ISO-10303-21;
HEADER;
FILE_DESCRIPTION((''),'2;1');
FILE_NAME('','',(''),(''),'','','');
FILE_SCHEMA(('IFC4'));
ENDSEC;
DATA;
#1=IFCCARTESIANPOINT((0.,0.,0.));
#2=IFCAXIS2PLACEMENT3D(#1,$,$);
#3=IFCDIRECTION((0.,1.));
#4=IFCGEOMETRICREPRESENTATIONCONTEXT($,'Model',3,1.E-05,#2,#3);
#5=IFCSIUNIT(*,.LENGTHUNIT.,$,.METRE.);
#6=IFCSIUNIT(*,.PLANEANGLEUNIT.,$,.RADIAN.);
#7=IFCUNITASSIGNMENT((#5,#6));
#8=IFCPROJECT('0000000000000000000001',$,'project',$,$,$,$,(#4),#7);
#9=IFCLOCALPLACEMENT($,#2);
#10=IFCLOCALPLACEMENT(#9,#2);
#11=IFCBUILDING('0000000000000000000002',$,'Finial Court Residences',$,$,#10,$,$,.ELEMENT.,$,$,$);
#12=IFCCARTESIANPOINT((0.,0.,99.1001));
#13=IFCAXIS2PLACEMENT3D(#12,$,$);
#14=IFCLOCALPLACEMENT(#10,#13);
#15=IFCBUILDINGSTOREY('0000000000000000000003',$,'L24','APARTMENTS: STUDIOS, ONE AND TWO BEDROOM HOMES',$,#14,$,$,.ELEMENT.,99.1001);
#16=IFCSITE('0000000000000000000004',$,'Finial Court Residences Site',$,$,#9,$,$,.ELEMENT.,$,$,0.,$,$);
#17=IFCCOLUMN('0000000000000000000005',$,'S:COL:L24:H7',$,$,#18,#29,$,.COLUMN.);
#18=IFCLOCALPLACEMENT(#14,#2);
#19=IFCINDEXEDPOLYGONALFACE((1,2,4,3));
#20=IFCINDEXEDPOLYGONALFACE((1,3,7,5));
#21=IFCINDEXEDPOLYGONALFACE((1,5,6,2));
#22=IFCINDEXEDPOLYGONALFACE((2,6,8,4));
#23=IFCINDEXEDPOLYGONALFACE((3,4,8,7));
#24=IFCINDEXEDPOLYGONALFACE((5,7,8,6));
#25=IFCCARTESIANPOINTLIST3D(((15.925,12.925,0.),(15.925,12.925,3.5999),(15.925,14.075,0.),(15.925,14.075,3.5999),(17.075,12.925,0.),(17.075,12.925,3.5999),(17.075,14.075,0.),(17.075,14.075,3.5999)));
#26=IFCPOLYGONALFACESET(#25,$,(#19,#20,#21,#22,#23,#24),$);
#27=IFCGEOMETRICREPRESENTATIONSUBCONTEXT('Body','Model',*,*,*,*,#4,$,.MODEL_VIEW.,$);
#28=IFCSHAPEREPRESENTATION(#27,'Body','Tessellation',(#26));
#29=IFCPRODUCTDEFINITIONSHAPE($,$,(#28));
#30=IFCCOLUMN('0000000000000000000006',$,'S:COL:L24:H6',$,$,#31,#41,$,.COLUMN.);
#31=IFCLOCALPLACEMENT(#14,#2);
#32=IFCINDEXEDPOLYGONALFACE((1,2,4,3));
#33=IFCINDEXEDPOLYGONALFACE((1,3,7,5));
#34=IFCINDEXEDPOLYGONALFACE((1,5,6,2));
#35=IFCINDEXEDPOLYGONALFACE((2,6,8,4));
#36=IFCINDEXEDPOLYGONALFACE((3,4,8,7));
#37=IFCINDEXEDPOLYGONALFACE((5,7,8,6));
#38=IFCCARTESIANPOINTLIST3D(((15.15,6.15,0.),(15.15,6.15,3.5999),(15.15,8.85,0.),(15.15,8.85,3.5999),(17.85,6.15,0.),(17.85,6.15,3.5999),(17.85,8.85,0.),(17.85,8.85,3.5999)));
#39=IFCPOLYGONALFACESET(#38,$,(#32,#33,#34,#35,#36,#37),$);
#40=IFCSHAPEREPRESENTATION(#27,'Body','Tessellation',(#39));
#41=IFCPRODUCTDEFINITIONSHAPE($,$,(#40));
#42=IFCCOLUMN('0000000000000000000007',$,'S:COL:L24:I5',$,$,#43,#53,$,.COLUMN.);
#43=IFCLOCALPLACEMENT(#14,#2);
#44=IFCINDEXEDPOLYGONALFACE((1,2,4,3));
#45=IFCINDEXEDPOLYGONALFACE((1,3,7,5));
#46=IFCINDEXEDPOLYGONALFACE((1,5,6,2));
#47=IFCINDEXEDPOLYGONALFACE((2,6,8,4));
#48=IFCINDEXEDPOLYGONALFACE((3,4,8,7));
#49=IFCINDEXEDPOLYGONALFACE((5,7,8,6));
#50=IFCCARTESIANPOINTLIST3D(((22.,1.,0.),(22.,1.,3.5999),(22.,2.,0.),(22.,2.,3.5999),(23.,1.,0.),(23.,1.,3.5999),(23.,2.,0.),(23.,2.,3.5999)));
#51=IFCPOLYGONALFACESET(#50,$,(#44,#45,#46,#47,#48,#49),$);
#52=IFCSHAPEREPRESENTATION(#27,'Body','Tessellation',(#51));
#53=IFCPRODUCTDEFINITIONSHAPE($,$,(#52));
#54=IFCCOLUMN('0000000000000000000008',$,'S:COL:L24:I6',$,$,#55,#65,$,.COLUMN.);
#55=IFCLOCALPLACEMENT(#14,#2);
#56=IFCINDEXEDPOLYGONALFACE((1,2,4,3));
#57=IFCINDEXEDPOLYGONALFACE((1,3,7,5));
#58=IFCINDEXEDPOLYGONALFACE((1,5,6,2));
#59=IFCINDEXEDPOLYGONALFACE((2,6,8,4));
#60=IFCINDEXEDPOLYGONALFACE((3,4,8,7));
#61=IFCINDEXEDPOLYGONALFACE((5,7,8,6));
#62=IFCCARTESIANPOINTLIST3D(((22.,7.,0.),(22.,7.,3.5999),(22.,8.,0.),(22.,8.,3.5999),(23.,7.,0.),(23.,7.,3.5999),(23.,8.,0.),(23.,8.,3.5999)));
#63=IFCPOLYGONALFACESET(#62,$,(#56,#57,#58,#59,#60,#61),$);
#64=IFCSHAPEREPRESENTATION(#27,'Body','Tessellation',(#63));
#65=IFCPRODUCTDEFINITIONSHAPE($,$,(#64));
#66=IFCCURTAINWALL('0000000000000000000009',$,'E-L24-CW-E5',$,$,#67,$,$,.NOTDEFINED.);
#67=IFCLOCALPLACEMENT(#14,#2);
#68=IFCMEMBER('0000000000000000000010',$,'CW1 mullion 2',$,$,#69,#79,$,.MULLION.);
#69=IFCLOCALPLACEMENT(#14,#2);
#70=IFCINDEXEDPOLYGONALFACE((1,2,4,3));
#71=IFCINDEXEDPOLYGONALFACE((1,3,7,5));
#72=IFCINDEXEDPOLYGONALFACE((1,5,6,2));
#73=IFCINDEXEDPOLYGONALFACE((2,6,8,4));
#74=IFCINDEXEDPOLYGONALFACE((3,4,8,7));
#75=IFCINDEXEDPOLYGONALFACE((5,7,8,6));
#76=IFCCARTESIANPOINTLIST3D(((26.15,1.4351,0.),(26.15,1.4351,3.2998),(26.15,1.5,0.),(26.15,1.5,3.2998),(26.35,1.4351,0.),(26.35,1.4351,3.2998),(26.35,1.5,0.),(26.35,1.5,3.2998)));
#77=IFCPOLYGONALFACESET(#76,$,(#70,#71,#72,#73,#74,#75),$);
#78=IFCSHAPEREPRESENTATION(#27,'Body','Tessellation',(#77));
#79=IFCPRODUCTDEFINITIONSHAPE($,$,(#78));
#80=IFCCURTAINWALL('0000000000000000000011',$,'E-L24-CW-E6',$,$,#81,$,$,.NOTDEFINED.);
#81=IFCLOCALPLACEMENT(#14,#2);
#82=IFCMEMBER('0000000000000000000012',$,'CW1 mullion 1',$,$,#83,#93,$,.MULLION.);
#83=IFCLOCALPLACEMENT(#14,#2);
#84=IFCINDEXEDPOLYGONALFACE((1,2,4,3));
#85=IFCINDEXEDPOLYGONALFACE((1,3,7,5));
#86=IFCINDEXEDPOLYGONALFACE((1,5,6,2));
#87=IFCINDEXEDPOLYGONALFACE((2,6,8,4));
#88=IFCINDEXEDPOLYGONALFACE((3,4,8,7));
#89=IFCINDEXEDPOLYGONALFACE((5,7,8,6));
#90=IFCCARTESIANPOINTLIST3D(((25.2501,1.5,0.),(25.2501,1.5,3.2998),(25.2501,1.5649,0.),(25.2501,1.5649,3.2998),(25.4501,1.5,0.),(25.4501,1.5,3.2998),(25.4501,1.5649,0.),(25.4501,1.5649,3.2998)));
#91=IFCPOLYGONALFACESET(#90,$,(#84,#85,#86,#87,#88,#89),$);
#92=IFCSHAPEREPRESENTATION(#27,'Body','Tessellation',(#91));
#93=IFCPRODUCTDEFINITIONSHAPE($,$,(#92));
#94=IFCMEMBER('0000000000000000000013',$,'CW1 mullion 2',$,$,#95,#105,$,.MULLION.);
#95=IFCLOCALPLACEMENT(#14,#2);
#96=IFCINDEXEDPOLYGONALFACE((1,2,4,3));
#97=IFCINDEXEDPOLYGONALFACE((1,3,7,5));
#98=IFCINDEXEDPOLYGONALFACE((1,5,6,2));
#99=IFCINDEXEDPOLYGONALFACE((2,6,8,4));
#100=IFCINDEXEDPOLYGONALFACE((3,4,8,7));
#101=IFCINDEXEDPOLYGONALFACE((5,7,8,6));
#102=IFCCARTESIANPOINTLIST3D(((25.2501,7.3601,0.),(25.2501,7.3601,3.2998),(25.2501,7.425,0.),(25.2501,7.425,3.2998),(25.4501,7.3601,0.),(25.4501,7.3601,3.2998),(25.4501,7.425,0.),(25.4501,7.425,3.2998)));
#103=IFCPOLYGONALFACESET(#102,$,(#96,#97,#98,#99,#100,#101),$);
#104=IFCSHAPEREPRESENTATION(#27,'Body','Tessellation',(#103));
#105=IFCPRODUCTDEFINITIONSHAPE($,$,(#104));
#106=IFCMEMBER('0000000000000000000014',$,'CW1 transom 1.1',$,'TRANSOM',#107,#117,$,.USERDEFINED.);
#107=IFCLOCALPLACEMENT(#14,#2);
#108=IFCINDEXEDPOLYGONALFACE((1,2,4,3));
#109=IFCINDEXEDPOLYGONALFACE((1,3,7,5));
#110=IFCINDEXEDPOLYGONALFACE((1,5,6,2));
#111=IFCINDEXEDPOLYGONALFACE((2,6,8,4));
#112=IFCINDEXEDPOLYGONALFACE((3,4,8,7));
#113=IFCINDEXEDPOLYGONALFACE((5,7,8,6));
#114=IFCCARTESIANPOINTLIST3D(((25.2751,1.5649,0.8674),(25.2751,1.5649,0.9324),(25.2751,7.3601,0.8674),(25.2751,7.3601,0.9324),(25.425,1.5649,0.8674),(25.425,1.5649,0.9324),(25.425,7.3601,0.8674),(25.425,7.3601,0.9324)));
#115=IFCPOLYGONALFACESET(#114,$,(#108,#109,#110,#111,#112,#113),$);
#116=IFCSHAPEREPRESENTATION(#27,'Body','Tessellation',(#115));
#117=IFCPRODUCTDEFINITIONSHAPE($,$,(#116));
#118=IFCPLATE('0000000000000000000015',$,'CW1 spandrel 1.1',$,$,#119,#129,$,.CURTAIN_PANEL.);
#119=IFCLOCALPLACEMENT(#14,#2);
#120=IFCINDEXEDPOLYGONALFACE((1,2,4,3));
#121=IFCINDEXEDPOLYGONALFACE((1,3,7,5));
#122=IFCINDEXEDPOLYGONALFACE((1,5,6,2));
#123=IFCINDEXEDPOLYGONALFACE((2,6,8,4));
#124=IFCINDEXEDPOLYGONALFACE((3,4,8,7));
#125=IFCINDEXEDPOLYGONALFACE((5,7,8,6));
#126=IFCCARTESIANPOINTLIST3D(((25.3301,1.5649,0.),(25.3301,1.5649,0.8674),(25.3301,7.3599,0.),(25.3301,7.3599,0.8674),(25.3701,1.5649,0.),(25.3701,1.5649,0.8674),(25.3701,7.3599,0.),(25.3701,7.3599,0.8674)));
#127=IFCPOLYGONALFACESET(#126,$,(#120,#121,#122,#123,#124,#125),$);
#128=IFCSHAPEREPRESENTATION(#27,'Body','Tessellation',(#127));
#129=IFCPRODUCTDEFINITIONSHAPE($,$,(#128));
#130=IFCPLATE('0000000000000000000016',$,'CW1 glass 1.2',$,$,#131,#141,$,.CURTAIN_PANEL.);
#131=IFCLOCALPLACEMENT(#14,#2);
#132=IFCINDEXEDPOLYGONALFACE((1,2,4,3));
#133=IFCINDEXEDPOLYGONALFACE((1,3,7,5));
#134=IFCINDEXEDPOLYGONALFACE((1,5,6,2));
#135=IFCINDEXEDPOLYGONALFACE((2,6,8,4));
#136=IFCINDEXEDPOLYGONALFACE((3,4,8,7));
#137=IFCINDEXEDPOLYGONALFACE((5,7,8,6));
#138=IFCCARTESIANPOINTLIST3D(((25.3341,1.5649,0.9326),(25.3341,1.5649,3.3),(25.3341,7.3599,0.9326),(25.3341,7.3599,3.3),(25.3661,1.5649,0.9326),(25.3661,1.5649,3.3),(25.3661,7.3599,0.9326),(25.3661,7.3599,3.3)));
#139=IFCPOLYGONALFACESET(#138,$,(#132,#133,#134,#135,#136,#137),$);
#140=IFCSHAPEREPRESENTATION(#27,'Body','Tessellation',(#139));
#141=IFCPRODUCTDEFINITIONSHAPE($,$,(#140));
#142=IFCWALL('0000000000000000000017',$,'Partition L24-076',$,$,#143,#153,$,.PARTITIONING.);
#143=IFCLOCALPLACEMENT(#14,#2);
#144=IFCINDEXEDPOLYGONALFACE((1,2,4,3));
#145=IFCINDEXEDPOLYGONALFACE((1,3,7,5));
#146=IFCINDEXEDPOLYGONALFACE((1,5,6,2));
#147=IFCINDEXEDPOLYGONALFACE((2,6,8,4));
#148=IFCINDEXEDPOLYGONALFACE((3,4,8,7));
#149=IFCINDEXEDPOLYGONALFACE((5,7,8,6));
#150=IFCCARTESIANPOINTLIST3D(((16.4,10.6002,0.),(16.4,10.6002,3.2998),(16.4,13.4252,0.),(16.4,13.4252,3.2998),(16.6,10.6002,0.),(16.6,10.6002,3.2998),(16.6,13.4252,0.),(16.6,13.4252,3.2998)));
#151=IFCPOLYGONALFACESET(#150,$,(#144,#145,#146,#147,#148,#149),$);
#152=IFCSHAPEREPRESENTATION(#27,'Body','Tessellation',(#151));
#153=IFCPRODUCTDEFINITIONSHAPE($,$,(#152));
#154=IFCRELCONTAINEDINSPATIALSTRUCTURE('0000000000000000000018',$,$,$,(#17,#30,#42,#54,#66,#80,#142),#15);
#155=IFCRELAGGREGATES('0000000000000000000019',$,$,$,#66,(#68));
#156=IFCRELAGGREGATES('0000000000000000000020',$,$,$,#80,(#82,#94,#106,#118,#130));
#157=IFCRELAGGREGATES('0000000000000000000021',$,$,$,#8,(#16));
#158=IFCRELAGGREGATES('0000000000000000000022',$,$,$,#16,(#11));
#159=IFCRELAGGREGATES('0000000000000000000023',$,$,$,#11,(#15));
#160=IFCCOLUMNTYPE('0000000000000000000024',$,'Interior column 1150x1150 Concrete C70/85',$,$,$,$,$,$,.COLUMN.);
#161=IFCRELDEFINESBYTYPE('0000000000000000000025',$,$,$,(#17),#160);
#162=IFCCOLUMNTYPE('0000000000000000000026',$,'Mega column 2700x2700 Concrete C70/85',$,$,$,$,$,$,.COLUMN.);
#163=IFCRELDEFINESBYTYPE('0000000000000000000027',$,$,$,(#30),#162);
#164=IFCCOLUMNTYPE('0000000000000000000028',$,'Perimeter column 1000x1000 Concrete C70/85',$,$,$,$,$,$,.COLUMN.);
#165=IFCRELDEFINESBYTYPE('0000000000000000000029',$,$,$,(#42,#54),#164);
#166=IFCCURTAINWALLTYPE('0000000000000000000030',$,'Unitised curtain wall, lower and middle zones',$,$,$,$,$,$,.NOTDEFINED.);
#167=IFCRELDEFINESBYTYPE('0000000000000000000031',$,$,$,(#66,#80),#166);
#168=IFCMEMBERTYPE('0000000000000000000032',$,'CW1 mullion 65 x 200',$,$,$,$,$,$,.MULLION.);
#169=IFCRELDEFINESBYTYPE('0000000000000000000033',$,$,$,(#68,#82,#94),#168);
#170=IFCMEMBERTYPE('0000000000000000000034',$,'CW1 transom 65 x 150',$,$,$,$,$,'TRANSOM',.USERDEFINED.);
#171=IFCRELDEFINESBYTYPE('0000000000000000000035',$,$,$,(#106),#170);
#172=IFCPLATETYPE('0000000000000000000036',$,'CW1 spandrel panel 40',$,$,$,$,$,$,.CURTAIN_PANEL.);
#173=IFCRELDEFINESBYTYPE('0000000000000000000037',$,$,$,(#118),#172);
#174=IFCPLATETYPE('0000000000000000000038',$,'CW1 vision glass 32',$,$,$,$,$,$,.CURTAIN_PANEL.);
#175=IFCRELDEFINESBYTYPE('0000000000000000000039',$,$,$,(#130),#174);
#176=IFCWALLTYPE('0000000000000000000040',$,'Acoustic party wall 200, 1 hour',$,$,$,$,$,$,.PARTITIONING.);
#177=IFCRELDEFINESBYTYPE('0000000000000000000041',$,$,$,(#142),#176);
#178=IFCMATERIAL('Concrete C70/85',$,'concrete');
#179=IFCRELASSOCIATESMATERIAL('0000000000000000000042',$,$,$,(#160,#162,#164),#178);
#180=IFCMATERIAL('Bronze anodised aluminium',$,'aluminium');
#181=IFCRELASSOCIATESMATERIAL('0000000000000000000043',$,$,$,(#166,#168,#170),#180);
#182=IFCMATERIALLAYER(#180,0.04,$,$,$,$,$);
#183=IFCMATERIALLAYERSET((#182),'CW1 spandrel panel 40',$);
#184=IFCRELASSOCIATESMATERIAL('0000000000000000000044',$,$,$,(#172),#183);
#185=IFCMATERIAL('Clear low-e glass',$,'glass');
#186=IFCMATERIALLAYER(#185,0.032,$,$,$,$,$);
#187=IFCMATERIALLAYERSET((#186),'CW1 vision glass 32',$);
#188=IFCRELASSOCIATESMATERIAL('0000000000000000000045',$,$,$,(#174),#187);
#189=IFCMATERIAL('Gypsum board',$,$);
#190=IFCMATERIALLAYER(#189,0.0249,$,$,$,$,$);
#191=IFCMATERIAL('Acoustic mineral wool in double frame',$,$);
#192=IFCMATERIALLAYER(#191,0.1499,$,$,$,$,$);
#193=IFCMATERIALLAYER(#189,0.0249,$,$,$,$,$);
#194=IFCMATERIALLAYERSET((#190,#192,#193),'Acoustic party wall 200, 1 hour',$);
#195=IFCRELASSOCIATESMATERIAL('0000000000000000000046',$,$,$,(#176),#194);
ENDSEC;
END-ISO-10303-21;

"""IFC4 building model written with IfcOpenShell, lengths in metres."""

from ifc_helpers import new_model, si_unit, direction, frame, frame_2d, origin, origin_2d, place, context, subcontext, project, spatial, rectangle, extrude, material, layer, layer_set, material_profile, profile_set, type_object, element, aggregate, save


model = new_model("IFC4")

# Units and contexts
model_context = context("Model", 3, precision=1e-05, world=origin(), true_north=direction((0.0, 1.0)))
body_context = subcontext(model_context, "Body", "Model", "MODEL_VIEW")
ifc_project = project(units=[si_unit("LENGTHUNIT", "METRE"), si_unit("PLANEANGLEUNIT", "RADIAN")], contexts=[model_context])

# Site, building, storey
site_placement = place(None, origin())
site = spatial("IfcSite", under=ifc_project, at=site_placement, Name="Finial Court Residences Site", CompositionType="ELEMENT", RefElevation=0.0)
building_placement = place(site_placement, origin())
building = spatial("IfcBuilding", under=site, at=building_placement, Name="Finial Court Residences", CompositionType="ELEMENT")
storey_placement = place(building_placement, frame((0.0, 0.0, 99.1001)))
storey = spatial("IfcBuildingStorey", under=building, at=storey_placement, Name="L24", Description="APARTMENTS: STUDIOS, ONE AND TWO BEDROOM HOMES", CompositionType="ELEMENT", Elevation=99.1001)

# Columns
ifc_material_1 = material(Name="Concrete C70/85", Category="concrete")
ifc_material_profile_1 = material_profile(ifc_material_1, rectangle(XDim=1.1499, YDim=1.1499, at=origin_2d()), Name="1150x1150")
ifc_profile_set_1 = profile_set([ifc_material_profile_1], Name="Concrete C70/85")
column_type_1 = type_object("IfcColumnType", Name="Interior column 1150x1150 Concrete C70/85", PredefinedType="COLUMN", material=ifc_profile_set_1)
column_1_placement = place(storey_placement, frame((16.5, 13.5, 0.0), z_axis=(0.0, 0.0, 1.0), x_axis=(1.0, 0.0, 0.0)))
element("IfcColumn", 1, at=column_1_placement, inside=storey, type_object=column_type_1, Name="S:COL:L24:H7", PredefinedType="COLUMN", context=body_context, shape_type="SweptSolid", body=[
    extrude(rectangle(XDim=1.1499, YDim=1.1499, at=origin_2d()), origin(), (0.0, 0.0, 1.0), 3.5999),
])
ifc_material_profile_2 = material_profile(ifc_material_1, rectangle(XDim=2.7, YDim=2.7, at=origin_2d()), Name="2700x2700")
ifc_profile_set_2 = profile_set([ifc_material_profile_2], Name="Concrete C70/85")
column_type_2 = type_object("IfcColumnType", Name="Mega column 2700x2700 Concrete C70/85", PredefinedType="COLUMN", material=ifc_profile_set_2)
column_2_placement = place(storey_placement, frame((16.5, 7.5, 0.0), z_axis=(0.0, 0.0, 1.0), x_axis=(1.0, 0.0, 0.0)))
element("IfcColumn", 2, at=column_2_placement, inside=storey, type_object=column_type_2, Name="S:COL:L24:H6", PredefinedType="COLUMN", context=body_context, shape_type="SweptSolid", body=[
    extrude(rectangle(XDim=2.7, YDim=2.7, at=origin_2d()), origin(), (0.0, 0.0, 1.0), 3.5999),
])
ifc_material_profile_3 = material_profile(ifc_material_1, rectangle(XDim=1.0, YDim=1.0, at=origin_2d()), Name="1000x1000")
ifc_profile_set_3 = profile_set([ifc_material_profile_3], Name="Concrete C70/85")
column_type_3 = type_object("IfcColumnType", Name="Perimeter column 1000x1000 Concrete C70/85", PredefinedType="COLUMN", material=ifc_profile_set_3)
for number, where, z_axis, x_axis, name in (
    (3, (22.5, 1.5, 0.0), (0.0, 0.0, 1.0), (1.0, 0.0, 0.0), "S:COL:L24:I5"),
    (4, (22.5, 7.5, 0.0), (0.0, 0.0, 1.0), (1.0, 0.0, 0.0), "S:COL:L24:I6"),
):
    element("IfcColumn", number, at=place(storey_placement, frame(where, z_axis=z_axis, x_axis=x_axis)), inside=storey, type_object=column_type_3, Name=name, PredefinedType="COLUMN", context=body_context, shape_type="SweptSolid", body=[
        extrude(rectangle(XDim=1.0, YDim=1.0, at=origin_2d()), origin(), (0.0, 0.0, 1.0), 3.5999),
    ])

# Curtain wall, member
ifc_material_2 = material(Name="Bronze anodised aluminium", Category="aluminium")
curtain_wall_type = type_object("IfcCurtainWallType", Name="Unitised curtain wall, lower and middle zones", PredefinedType="NOTDEFINED", material=ifc_material_2)
curtain_wall_1_placement = place(storey_placement, origin())
curtain_wall_1 = element("IfcCurtainWall", 5, at=curtain_wall_1_placement, inside=storey, type_object=curtain_wall_type, Name="E-L24-CW-E5", PredefinedType="NOTDEFINED")
ifc_material_profile_4 = material_profile(ifc_material_2, rectangle(XDim=0.2, YDim=0.0649, at=origin_2d()), Name="CW1 mullion 65 x 200")
ifc_profile_set_4 = profile_set([ifc_material_profile_4], Name="Bronze anodised aluminium")
member_type_1 = type_object("IfcMemberType", Name="CW1 mullion 65 x 200", PredefinedType="MULLION", material=ifc_profile_set_4)
member_1_placement = place(storey_placement, frame((26.25, 1.4675, 0.0), z_axis=(0.0, 0.0, 1.0), x_axis=(-1.0, 0.0, 0.0)))
member_1 = element("IfcMember", 6, at=member_1_placement, type_object=member_type_1, Name="CW1 mullion 2", PredefinedType="MULLION", context=body_context, shape_type="SweptSolid", body=[
    extrude(rectangle(XDim=0.2, YDim=0.0649, at=origin_2d()), origin(), (0.0, 0.0, 1.0), 3.2998),
])
aggregate(curtain_wall_1, [member_1])

# Curtain wall, members, plates
curtain_wall_2_placement = place(storey_placement, origin())
curtain_wall_2 = element("IfcCurtainWall", 7, at=curtain_wall_2_placement, inside=storey, type_object=curtain_wall_type, Name="E-L24-CW-E6", PredefinedType="NOTDEFINED")
member_2_placement = place(storey_placement, frame((25.3501, 1.5325, 0.0), z_axis=(0.0, 0.0, 1.0), x_axis=(-1.0, 0.0, 0.0)))
member_2 = element("IfcMember", 8, at=member_2_placement, type_object=member_type_1, Name="CW1 mullion 1", PredefinedType="MULLION", context=body_context, shape_type="SweptSolid", body=[
    extrude(rectangle(XDim=0.2, YDim=0.0649, at=origin_2d()), origin(), (0.0, 0.0, 1.0), 3.2998),
])
member_3_placement = place(storey_placement, frame((25.3501, 7.3926, 0.0), z_axis=(0.0, 0.0, 1.0), x_axis=(-1.0, 0.0, 0.0)))
member_3 = element("IfcMember", 9, at=member_3_placement, type_object=member_type_1, Name="CW1 mullion 2", PredefinedType="MULLION", context=body_context, shape_type="SweptSolid", body=[
    extrude(rectangle(XDim=0.2, YDim=0.0649, at=origin_2d()), origin(), (0.0, 0.0, 1.0), 3.2998),
])
ifc_material_profile_5 = material_profile(ifc_material_2, rectangle(XDim=0.1499, YDim=0.0649, at=origin_2d()), Name="CW1 transom 65 x 150")
ifc_profile_set_5 = profile_set([ifc_material_profile_5], Name="Bronze anodised aluminium")
member_type_2 = type_object("IfcMemberType", Name="CW1 transom 65 x 150", ElementType="TRANSOM", PredefinedType="USERDEFINED", material=ifc_profile_set_5)
member_4_placement = place(storey_placement, frame((25.3501, 1.5649, 0.8999), z_axis=(0.0, 1.0, 0.0), x_axis=(-1.0, 0.0, 0.0)))
member_4 = element("IfcMember", 10, at=member_4_placement, type_object=member_type_2, Name="CW1 transom 1.1", ObjectType="TRANSOM", PredefinedType="USERDEFINED", context=body_context, shape_type="SweptSolid", body=[
    extrude(rectangle(XDim=0.1499, YDim=0.0649, at=origin_2d()), origin(), (0.0, 0.0, 1.0), 5.7952),
])
ifc_layer_1 = layer(ifc_material_2, 0.04)
ifc_layer_set_1 = layer_set([ifc_layer_1], Name="CW1 spandrel panel 40")
plate_type_1 = type_object("IfcPlateType", Name="CW1 spandrel panel 40", PredefinedType="CURTAIN_PANEL", material=ifc_layer_set_1)
plate_1_placement = place(storey_placement, frame((25.3501, 4.4624, 0.0), z_axis=(0.0, 0.0, 1.0), x_axis=(0.0, 1.0, 0.0)))
plate_1 = element("IfcPlate", 11, at=plate_1_placement, type_object=plate_type_1, Name="CW1 spandrel 1.1", PredefinedType="CURTAIN_PANEL", context=body_context, shape_type="SweptSolid", body=[
    extrude(rectangle(XDim=5.7949, YDim=0.04, at=origin_2d()), origin(), (0.0, 0.0, 1.0), 0.8674),
])
ifc_material_3 = material(Name="Clear low-e glass", Category="glass")
ifc_layer_2 = layer(ifc_material_3, 0.032)
ifc_layer_set_2 = layer_set([ifc_layer_2], Name="CW1 vision glass 32")
plate_type_2 = type_object("IfcPlateType", Name="CW1 vision glass 32", PredefinedType="CURTAIN_PANEL", material=ifc_layer_set_2)
plate_2_placement = place(storey_placement, frame((25.3501, 4.4624, 0.9326), z_axis=(0.0, 0.0, 1.0), x_axis=(0.0, 1.0, 0.0)))
plate_2 = element("IfcPlate", 12, at=plate_2_placement, type_object=plate_type_2, Name="CW1 glass 1.2", PredefinedType="CURTAIN_PANEL", context=body_context, shape_type="SweptSolid", body=[
    extrude(rectangle(XDim=5.7949, YDim=0.032, at=origin_2d()), origin(), (0.0, 0.0, 1.0), 2.3674),
])
aggregate(curtain_wall_2, [member_2, member_3, member_4, plate_1, plate_2])

# Wall
ifc_material_4 = material(Name="Gypsum board")
ifc_layer_3 = layer(ifc_material_4, 0.0249)
ifc_material_5 = material(Name="Acoustic mineral wool in double frame")
ifc_layer_4 = layer(ifc_material_5, 0.1499)
ifc_layer_5 = layer(ifc_material_4, 0.0249)
ifc_layer_set_3 = layer_set([ifc_layer_3, ifc_layer_4, ifc_layer_5], Name="Acoustic party wall 200, 1 hour")
wall_type_1 = type_object("IfcWallType", Name="Acoustic party wall 200, 1 hour", PredefinedType="PARTITIONING", material=ifc_layer_set_3)
wall_1_placement = place(storey_placement, frame((16.5, 10.6001, 0.0), z_axis=(0.0, 0.0, 1.0), x_axis=(0.0, 1.0, 0.0)))
element("IfcWall", 13, at=wall_1_placement, inside=storey, type_object=wall_type_1, Name="Partition L24-076", PredefinedType="PARTITIONING", context=body_context, shape_type="SweptSolid", body=[
    extrude(rectangle(XDim=2.825, YDim=0.2, at=frame_2d((1.4126, 0.0))), origin(), (0.0, 0.0, 1.0), 3.2998),
])

save(model, "model.ifc")
